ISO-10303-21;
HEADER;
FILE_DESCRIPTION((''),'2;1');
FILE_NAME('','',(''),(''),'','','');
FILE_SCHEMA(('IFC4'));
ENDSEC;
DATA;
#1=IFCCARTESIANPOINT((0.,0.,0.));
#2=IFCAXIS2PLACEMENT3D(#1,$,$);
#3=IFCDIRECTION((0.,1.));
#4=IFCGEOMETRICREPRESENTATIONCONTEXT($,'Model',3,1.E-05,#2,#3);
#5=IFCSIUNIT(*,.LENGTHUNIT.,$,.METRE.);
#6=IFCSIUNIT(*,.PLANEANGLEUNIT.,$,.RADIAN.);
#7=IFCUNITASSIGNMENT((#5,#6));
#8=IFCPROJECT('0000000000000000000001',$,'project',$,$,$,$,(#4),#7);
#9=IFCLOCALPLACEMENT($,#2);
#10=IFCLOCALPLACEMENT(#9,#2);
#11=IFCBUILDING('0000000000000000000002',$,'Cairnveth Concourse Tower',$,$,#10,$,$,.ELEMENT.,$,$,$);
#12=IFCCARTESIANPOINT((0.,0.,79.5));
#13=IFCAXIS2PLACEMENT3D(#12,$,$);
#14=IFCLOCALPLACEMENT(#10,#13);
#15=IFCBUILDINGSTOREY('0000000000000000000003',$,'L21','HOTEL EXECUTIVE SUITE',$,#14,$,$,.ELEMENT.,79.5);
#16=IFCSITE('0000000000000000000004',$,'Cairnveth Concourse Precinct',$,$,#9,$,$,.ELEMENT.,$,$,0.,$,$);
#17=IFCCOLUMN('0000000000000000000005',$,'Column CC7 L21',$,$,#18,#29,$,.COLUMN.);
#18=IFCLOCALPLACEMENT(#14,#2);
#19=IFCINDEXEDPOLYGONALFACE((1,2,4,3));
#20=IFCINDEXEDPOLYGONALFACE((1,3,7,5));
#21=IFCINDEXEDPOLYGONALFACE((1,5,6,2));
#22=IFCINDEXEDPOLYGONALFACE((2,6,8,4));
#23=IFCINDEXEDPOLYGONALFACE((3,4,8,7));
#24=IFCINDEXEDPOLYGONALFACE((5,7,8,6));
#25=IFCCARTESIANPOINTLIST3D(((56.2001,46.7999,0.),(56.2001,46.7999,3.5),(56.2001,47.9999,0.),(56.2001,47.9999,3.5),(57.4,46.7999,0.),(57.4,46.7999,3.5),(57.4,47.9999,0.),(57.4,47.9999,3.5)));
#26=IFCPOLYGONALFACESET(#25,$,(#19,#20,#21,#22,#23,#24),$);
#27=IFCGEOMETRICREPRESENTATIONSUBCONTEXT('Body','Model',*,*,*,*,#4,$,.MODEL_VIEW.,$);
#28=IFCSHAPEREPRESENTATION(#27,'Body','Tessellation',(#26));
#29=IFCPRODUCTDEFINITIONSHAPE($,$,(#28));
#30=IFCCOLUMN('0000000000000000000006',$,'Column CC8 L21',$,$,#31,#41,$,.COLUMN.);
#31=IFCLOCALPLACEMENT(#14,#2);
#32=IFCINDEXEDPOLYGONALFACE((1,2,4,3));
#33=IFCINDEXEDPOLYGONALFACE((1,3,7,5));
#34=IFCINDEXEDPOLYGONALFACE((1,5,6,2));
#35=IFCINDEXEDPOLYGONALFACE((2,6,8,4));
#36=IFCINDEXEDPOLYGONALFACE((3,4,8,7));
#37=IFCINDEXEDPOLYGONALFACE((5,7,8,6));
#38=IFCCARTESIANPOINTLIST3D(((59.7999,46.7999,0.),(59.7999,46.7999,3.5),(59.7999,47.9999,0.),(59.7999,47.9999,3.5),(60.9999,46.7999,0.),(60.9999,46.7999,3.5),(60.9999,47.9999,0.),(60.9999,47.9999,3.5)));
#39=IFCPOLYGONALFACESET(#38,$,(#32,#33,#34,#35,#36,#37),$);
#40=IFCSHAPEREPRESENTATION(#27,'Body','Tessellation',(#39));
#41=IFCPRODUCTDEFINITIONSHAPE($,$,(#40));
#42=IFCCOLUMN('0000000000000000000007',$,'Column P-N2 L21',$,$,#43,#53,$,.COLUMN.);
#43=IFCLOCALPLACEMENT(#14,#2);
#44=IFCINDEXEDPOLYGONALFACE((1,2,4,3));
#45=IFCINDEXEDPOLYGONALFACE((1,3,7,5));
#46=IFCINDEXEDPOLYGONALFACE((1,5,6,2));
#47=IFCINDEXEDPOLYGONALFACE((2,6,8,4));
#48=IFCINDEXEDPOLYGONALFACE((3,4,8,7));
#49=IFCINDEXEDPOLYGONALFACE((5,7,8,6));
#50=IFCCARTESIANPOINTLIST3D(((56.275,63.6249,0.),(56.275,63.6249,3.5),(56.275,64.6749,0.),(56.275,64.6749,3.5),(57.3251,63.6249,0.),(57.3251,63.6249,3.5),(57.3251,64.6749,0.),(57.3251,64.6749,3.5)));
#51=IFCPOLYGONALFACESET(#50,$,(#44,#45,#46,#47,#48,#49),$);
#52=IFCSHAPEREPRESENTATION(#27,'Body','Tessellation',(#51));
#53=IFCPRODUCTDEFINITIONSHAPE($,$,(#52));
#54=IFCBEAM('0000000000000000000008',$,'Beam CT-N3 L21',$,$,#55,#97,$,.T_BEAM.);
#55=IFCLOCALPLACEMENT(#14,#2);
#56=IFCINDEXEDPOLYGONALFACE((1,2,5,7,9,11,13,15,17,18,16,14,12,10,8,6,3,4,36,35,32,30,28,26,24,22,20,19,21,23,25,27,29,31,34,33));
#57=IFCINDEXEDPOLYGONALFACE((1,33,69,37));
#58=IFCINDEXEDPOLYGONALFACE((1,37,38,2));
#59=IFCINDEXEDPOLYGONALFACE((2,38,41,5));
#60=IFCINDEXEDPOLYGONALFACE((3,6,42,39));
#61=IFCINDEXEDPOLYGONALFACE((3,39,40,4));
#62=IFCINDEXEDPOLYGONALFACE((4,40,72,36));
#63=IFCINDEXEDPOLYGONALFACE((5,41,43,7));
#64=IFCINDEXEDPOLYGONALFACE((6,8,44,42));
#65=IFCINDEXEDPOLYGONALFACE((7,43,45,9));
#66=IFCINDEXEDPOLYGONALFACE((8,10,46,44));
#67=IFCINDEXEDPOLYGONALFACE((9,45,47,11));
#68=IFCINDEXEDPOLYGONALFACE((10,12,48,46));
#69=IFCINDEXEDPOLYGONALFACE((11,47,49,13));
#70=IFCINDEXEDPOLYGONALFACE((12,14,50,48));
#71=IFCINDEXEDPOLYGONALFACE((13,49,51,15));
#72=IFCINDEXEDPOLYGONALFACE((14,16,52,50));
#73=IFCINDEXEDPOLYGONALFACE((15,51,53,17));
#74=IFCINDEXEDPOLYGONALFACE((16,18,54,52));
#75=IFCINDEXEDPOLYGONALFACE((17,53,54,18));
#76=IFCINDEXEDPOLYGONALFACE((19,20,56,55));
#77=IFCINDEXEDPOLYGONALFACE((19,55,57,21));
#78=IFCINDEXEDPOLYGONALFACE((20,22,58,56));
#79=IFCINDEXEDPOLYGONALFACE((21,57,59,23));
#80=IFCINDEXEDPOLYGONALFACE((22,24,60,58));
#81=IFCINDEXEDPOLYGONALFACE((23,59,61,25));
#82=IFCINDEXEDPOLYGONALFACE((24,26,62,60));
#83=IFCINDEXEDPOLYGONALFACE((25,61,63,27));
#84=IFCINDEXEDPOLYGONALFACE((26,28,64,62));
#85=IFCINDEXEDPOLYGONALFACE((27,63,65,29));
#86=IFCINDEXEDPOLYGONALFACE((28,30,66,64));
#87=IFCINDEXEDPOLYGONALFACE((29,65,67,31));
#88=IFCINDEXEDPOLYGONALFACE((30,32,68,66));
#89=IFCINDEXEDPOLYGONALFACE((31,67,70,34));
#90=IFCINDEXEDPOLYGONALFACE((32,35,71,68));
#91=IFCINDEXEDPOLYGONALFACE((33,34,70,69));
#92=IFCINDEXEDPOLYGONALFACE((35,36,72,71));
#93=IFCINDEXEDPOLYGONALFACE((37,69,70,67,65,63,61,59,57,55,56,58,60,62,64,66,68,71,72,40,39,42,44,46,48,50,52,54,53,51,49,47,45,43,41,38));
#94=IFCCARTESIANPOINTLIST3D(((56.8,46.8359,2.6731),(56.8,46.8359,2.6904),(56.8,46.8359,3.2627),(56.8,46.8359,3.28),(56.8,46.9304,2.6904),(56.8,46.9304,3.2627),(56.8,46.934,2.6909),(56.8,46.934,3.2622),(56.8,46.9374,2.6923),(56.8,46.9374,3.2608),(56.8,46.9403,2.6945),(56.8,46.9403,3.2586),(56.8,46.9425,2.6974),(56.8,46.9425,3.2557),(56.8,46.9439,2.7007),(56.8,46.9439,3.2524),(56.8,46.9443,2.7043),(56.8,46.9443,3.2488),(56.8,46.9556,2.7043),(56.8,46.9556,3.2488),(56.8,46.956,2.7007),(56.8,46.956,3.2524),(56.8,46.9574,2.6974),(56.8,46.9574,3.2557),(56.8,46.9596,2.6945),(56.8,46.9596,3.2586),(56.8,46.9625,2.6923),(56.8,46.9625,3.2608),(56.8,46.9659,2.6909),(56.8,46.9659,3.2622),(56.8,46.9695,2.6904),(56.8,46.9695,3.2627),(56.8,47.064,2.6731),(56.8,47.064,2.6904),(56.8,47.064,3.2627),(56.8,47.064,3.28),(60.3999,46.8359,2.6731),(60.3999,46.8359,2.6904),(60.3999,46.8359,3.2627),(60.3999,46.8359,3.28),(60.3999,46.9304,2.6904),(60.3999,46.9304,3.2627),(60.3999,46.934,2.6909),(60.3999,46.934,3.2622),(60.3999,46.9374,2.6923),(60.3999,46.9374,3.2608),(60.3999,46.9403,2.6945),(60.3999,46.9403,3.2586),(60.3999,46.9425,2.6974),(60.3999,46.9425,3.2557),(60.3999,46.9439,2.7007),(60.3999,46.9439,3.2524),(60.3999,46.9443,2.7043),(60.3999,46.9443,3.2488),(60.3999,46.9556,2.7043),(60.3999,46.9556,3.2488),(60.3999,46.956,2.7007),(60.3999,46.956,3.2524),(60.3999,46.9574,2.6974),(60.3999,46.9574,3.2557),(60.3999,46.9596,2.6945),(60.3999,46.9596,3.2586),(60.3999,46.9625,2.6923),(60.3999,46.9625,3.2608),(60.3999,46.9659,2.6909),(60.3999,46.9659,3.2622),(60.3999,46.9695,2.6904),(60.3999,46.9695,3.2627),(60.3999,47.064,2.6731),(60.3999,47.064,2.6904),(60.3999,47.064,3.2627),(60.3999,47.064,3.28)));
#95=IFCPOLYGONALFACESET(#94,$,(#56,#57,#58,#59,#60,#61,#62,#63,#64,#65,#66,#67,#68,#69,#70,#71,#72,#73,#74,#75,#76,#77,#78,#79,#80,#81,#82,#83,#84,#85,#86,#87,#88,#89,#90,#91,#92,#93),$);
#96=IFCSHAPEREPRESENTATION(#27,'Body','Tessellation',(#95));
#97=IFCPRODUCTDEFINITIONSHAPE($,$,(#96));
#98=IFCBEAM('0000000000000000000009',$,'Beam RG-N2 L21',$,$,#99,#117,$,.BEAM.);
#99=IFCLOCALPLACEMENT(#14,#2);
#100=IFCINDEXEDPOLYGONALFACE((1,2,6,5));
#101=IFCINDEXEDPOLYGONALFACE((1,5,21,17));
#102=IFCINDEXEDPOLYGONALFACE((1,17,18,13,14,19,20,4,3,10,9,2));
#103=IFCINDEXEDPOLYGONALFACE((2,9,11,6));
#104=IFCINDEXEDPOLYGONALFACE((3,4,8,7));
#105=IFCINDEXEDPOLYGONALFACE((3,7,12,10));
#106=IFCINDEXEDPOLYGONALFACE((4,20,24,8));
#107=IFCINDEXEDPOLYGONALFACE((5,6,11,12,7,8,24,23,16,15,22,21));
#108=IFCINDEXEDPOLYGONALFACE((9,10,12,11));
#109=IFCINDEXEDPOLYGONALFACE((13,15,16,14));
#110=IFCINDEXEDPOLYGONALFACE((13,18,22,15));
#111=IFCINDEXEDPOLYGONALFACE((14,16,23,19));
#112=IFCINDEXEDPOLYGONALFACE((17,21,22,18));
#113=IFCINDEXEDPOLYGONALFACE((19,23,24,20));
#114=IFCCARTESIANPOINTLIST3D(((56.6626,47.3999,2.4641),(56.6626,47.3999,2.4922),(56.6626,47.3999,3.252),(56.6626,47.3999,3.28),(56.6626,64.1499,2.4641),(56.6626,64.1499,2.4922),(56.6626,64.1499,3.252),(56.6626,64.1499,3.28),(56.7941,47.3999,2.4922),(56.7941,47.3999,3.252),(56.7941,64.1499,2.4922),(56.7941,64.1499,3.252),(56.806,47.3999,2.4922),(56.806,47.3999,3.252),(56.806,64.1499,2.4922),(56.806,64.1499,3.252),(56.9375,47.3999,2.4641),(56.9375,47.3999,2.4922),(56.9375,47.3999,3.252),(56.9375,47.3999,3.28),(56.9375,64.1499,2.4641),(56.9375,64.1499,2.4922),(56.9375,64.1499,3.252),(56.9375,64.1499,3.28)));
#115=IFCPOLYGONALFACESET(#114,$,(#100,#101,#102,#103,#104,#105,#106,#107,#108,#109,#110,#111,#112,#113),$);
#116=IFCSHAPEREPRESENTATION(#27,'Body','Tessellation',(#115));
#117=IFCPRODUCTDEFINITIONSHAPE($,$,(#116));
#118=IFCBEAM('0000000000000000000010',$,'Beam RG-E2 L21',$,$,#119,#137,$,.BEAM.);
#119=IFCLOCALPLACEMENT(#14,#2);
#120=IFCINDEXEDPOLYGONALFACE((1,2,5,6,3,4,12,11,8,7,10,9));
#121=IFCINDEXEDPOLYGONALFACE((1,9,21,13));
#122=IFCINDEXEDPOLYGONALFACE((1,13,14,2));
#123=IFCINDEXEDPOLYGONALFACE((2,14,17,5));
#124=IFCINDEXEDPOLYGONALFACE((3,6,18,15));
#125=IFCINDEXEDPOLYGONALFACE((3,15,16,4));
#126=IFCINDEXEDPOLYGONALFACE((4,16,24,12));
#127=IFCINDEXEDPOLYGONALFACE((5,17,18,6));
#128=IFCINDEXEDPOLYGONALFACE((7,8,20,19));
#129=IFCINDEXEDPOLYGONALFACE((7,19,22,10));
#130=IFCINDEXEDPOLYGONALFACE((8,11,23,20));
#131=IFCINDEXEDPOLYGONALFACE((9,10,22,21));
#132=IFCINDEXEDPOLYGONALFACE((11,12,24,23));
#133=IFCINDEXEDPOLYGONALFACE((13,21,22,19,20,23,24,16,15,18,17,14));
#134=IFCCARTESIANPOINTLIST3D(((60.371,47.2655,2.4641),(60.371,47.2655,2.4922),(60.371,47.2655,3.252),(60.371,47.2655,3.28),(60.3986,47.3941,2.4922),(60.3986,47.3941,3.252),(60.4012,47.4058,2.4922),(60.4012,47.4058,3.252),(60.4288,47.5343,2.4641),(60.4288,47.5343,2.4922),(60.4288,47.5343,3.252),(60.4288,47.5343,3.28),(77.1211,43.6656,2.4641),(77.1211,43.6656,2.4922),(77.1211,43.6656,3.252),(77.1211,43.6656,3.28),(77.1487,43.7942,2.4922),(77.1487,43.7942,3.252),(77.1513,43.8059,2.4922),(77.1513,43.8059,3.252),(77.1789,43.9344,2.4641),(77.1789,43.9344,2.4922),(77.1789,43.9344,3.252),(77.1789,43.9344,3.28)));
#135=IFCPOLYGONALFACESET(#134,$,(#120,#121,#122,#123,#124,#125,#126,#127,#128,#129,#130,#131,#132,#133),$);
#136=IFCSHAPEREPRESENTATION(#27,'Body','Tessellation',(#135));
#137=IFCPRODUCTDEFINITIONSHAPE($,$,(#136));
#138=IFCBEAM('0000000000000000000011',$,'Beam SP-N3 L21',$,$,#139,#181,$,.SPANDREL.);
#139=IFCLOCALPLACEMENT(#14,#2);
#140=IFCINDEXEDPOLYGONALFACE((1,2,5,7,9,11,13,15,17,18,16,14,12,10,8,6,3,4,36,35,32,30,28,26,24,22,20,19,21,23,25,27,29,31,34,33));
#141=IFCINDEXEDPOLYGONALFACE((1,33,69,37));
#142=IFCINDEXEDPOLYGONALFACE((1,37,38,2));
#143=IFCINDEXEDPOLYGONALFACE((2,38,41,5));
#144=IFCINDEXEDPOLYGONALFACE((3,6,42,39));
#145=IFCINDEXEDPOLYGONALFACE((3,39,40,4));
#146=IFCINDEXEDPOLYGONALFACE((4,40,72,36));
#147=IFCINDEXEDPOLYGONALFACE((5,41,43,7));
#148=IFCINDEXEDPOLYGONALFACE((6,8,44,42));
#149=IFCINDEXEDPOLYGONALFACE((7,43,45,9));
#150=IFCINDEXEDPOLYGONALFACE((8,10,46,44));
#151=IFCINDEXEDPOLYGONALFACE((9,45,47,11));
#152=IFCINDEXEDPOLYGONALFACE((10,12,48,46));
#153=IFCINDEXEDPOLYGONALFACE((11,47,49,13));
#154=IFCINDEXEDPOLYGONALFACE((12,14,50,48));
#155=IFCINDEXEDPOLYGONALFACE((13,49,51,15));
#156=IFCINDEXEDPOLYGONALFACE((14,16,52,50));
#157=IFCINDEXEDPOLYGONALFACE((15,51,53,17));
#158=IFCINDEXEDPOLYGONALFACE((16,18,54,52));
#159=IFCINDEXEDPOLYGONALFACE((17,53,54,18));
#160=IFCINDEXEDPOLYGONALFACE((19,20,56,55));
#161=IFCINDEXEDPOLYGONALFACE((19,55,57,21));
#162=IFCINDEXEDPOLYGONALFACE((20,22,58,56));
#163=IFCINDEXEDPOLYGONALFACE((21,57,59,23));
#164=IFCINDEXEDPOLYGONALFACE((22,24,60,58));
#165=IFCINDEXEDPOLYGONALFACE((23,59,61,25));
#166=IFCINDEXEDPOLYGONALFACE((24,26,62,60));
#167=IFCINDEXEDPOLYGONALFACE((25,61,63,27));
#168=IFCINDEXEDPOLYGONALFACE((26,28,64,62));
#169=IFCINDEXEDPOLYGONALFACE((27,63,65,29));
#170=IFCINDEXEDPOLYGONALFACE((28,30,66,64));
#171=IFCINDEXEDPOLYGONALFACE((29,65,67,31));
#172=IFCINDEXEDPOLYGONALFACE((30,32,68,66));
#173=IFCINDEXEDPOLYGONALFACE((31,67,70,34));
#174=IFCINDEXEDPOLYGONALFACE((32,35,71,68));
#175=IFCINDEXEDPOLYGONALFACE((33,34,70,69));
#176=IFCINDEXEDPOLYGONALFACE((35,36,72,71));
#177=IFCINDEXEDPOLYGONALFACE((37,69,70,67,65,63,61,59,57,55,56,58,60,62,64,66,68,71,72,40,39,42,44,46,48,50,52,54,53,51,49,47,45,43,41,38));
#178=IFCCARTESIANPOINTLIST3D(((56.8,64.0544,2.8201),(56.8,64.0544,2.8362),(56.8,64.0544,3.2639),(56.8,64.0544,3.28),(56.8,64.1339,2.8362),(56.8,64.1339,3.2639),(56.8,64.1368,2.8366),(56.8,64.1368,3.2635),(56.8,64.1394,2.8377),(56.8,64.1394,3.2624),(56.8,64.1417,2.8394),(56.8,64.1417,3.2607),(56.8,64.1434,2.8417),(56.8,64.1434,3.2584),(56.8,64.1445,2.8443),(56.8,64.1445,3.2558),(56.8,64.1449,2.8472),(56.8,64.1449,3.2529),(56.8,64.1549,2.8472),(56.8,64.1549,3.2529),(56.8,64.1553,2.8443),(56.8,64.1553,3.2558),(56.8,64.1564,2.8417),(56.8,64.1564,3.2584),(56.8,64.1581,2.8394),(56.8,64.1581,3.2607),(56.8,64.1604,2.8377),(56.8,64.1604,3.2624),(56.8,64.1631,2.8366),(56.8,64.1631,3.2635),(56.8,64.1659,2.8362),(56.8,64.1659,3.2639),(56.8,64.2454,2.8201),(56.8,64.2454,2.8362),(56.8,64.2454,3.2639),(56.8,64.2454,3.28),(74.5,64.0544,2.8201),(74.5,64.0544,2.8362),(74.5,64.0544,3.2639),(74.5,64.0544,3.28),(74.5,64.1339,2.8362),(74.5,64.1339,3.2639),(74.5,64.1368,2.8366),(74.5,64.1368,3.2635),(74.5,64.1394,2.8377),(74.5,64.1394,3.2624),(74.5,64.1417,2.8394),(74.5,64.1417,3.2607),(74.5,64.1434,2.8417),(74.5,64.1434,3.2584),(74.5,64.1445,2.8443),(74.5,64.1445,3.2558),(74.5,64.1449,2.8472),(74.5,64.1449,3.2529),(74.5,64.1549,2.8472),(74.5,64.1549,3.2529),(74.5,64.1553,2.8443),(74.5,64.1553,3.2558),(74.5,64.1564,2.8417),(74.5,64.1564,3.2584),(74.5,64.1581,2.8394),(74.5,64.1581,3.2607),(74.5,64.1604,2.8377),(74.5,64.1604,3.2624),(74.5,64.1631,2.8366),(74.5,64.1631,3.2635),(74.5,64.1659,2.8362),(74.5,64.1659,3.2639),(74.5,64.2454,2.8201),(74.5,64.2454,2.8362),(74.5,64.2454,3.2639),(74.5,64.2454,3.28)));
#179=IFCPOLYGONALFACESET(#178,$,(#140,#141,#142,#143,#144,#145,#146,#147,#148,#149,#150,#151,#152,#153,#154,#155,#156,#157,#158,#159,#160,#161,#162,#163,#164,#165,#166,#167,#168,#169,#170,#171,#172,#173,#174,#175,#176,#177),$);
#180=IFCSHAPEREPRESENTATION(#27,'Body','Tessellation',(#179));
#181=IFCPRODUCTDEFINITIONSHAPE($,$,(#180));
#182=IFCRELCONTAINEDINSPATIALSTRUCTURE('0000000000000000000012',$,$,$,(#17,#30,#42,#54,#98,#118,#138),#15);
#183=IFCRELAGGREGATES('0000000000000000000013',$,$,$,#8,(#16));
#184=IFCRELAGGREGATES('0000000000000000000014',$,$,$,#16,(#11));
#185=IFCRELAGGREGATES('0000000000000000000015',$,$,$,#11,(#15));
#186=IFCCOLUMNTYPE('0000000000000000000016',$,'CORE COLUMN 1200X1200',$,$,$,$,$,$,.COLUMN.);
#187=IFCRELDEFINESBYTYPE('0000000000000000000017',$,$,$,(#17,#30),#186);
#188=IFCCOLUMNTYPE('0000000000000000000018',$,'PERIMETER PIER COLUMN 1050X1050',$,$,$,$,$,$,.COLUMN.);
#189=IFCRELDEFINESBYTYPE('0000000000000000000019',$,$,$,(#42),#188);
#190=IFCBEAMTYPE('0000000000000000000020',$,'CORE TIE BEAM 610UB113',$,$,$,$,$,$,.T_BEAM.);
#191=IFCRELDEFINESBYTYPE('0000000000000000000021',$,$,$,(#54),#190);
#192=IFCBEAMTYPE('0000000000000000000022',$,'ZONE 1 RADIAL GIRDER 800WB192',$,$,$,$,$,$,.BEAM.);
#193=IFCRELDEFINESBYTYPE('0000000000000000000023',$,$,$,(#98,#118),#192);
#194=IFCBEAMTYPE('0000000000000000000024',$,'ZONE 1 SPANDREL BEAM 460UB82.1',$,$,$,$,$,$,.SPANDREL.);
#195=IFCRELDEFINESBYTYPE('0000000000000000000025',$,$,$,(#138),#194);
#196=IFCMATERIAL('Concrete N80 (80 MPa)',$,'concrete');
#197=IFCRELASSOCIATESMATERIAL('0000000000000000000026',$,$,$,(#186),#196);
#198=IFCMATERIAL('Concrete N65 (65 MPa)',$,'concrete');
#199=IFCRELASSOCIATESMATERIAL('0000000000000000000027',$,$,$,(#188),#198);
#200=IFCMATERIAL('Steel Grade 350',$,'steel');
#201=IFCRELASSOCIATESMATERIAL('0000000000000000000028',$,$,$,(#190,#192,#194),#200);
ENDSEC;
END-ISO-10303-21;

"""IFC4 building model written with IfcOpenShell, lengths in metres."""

from ifc_helpers import new_model, si_unit, direction, frame, origin, origin_2d, place, context, subcontext, project, spatial, rectangle, i_section, extrude, material, material_profile, profile_set, type_object, element, save


model = new_model("IFC4")

# Units and contexts
model_context = context("Model", 3, precision=1e-05, world=origin(), true_north=direction((0.0, 1.0)))
body_context = subcontext(model_context, "Body", "Model", "MODEL_VIEW")
ifc_project = project(units=[si_unit("LENGTHUNIT", "METRE"), si_unit("PLANEANGLEUNIT", "RADIAN")], contexts=[model_context])

# Site, building, storey
site_placement = place(None, origin())
site = spatial("IfcSite", under=ifc_project, at=site_placement, Name="Cairnveth Concourse Precinct", CompositionType="ELEMENT", RefElevation=0.0)
building_placement = place(site_placement, origin())
building = spatial("IfcBuilding", under=site, at=building_placement, Name="Cairnveth Concourse Tower", CompositionType="ELEMENT")
storey_placement = place(building_placement, frame((0.0, 0.0, 79.5)))
storey = spatial("IfcBuildingStorey", under=building, at=storey_placement, Name="L21", Description="HOTEL EXECUTIVE SUITE", CompositionType="ELEMENT", Elevation=79.5)

# Columns
ifc_material_1 = material(Name="Concrete N80 (80 MPa)", Category="concrete")
ifc_material_profile_1 = material_profile(ifc_material_1, rectangle(XDim=1.2, YDim=1.2, at=origin_2d()), Name="RC-COL-1200x1200")
ifc_profile_set_1 = profile_set([ifc_material_profile_1], Name="Concrete N80 (80 MPa)")
column_type_1 = type_object("IfcColumnType", Name="CORE COLUMN 1200X1200", PredefinedType="COLUMN", material=ifc_profile_set_1)
for number, where, z_axis, x_axis, name in (
    (1, (56.8, 47.3999, 0.0), (0.0, 0.0, 1.0), (1.0, 0.0, 0.0), "Column CC7 L21"),
    (2, (60.3999, 47.3999, 0.0), (0.0, 0.0, 1.0), (1.0, 0.0, 0.0), "Column CC8 L21"),
):
    element("IfcColumn", number, at=place(storey_placement, frame(where, z_axis=z_axis, x_axis=x_axis)), inside=storey, type_object=column_type_1, Name=name, PredefinedType="COLUMN", context=body_context, shape_type="SweptSolid", body=[
        extrude(rectangle(XDim=1.2, YDim=1.2, at=origin_2d()), origin(), (0.0, 0.0, 1.0), 3.5),
    ])
ifc_material_2 = material(Name="Concrete N65 (65 MPa)", Category="concrete")
ifc_material_profile_2 = material_profile(ifc_material_2, rectangle(XDim=1.05, YDim=1.05, at=origin_2d()), Name="RC-COL-1050x1050")
ifc_profile_set_2 = profile_set([ifc_material_profile_2], Name="Concrete N65 (65 MPa)")
column_type_2 = type_object("IfcColumnType", Name="PERIMETER PIER COLUMN 1050X1050", PredefinedType="COLUMN", material=ifc_profile_set_2)
column_placement = place(storey_placement, frame((56.8, 64.1499, 0.0), z_axis=(0.0, 0.0, 1.0), x_axis=(1.0, 0.0, 0.0)))
element("IfcColumn", 3, at=column_placement, inside=storey, type_object=column_type_2, Name="Column P-N2 L21", PredefinedType="COLUMN", context=body_context, shape_type="SweptSolid", body=[
    extrude(rectangle(XDim=1.05, YDim=1.05, at=origin_2d()), origin(), (0.0, 0.0, 1.0), 3.5),
])

# Beams
ifc_material_3 = material(Name="Steel Grade 350", Category="steel")
ifc_material_profile_3 = material_profile(ifc_material_3, i_section(OverallWidth=0.228, OverallDepth=0.6069, WebThickness=0.0112, FlangeThickness=0.0173, FilletRadius=0.0139, at=origin_2d()), Name="610UB113")
ifc_profile_set_3 = profile_set([ifc_material_profile_3], Name="Steel Grade 350")
beam_type_1 = type_object("IfcBeamType", Name="CORE TIE BEAM 610UB113", PredefinedType="T_BEAM", material=ifc_profile_set_3)
beam_1_placement = place(storey_placement, frame((56.8, 46.95, 2.9766), z_axis=(1.0, 0.0, 0.0), x_axis=(0.0, 1.0, 0.0)))
element("IfcBeam", 4, at=beam_1_placement, inside=storey, type_object=beam_type_1, Name="Beam CT-N3 L21", PredefinedType="T_BEAM", context=body_context, shape_type="SweptSolid", body=[
    extrude(i_section(OverallWidth=0.228, OverallDepth=0.6069, WebThickness=0.0112, FlangeThickness=0.0173, FilletRadius=0.0139, at=origin_2d()), origin(), (0.0, 0.0, 1.0), 3.5999),
])
ifc_material_profile_4 = material_profile(ifc_material_3, i_section(OverallWidth=0.2749, OverallDepth=0.8159, WebThickness=0.012, FlangeThickness=0.0281, at=origin_2d()), Name="800WB192")
ifc_profile_set_4 = profile_set([ifc_material_profile_4], Name="Steel Grade 350")
beam_type_2 = type_object("IfcBeamType", Name="ZONE 1 RADIAL GIRDER 800WB192", PredefinedType="BEAM", material=ifc_profile_set_4)
beam_2_placement = place(storey_placement, frame((56.8, 47.3999, 2.8721), z_axis=(0.0, 1.0, 0.0), x_axis=(-1.0, 0.0, 0.0)))
element("IfcBeam", 5, at=beam_2_placement, inside=storey, type_object=beam_type_2, Name="Beam RG-N2 L21", PredefinedType="BEAM", context=body_context, shape_type="SweptSolid", body=[
    extrude(i_section(OverallWidth=0.2749, OverallDepth=0.8159, WebThickness=0.012, FlangeThickness=0.0281, at=origin_2d()), origin(), (0.0, 0.0, 1.0), 16.75),
])
beam_3_placement = place(storey_placement, frame((60.3999, 47.3999, 2.8721), z_axis=(0.977676, -0.210119, 0.0), x_axis=(0.210119, 0.977676, 0.0)))
element("IfcBeam", 6, at=beam_3_placement, inside=storey, type_object=beam_type_2, Name="Beam RG-E2 L21", PredefinedType="BEAM", context=body_context, shape_type="SweptSolid", body=[
    extrude(i_section(OverallWidth=0.2749, OverallDepth=0.8159, WebThickness=0.012, FlangeThickness=0.0281, at=origin_2d()), origin(), (0.0, 0.0, 1.0), 17.1326),
])
ifc_material_profile_5 = material_profile(ifc_material_3, i_section(OverallWidth=0.1909, OverallDepth=0.46, WebThickness=0.01, FlangeThickness=0.0161, FilletRadius=0.011, at=origin_2d()), Name="460UB82.1")
ifc_profile_set_5 = profile_set([ifc_material_profile_5], Name="Steel Grade 350")
beam_type_3 = type_object("IfcBeamType", Name="ZONE 1 SPANDREL BEAM 460UB82.1", PredefinedType="SPANDREL", material=ifc_profile_set_5)
beam_4_placement = place(storey_placement, frame((56.8, 64.1499, 3.05), z_axis=(1.0, 0.0, 0.0), x_axis=(0.0, 1.0, 0.0)))
element("IfcBeam", 7, at=beam_4_placement, inside=storey, type_object=beam_type_3, Name="Beam SP-N3 L21", PredefinedType="SPANDREL", context=body_context, shape_type="SweptSolid", body=[
    extrude(i_section(OverallWidth=0.1909, OverallDepth=0.46, WebThickness=0.01, FlangeThickness=0.0161, FilletRadius=0.011, at=origin_2d()), origin(), (0.0, 0.0, 1.0), 17.7),
])

save(model, "model.ifc")
